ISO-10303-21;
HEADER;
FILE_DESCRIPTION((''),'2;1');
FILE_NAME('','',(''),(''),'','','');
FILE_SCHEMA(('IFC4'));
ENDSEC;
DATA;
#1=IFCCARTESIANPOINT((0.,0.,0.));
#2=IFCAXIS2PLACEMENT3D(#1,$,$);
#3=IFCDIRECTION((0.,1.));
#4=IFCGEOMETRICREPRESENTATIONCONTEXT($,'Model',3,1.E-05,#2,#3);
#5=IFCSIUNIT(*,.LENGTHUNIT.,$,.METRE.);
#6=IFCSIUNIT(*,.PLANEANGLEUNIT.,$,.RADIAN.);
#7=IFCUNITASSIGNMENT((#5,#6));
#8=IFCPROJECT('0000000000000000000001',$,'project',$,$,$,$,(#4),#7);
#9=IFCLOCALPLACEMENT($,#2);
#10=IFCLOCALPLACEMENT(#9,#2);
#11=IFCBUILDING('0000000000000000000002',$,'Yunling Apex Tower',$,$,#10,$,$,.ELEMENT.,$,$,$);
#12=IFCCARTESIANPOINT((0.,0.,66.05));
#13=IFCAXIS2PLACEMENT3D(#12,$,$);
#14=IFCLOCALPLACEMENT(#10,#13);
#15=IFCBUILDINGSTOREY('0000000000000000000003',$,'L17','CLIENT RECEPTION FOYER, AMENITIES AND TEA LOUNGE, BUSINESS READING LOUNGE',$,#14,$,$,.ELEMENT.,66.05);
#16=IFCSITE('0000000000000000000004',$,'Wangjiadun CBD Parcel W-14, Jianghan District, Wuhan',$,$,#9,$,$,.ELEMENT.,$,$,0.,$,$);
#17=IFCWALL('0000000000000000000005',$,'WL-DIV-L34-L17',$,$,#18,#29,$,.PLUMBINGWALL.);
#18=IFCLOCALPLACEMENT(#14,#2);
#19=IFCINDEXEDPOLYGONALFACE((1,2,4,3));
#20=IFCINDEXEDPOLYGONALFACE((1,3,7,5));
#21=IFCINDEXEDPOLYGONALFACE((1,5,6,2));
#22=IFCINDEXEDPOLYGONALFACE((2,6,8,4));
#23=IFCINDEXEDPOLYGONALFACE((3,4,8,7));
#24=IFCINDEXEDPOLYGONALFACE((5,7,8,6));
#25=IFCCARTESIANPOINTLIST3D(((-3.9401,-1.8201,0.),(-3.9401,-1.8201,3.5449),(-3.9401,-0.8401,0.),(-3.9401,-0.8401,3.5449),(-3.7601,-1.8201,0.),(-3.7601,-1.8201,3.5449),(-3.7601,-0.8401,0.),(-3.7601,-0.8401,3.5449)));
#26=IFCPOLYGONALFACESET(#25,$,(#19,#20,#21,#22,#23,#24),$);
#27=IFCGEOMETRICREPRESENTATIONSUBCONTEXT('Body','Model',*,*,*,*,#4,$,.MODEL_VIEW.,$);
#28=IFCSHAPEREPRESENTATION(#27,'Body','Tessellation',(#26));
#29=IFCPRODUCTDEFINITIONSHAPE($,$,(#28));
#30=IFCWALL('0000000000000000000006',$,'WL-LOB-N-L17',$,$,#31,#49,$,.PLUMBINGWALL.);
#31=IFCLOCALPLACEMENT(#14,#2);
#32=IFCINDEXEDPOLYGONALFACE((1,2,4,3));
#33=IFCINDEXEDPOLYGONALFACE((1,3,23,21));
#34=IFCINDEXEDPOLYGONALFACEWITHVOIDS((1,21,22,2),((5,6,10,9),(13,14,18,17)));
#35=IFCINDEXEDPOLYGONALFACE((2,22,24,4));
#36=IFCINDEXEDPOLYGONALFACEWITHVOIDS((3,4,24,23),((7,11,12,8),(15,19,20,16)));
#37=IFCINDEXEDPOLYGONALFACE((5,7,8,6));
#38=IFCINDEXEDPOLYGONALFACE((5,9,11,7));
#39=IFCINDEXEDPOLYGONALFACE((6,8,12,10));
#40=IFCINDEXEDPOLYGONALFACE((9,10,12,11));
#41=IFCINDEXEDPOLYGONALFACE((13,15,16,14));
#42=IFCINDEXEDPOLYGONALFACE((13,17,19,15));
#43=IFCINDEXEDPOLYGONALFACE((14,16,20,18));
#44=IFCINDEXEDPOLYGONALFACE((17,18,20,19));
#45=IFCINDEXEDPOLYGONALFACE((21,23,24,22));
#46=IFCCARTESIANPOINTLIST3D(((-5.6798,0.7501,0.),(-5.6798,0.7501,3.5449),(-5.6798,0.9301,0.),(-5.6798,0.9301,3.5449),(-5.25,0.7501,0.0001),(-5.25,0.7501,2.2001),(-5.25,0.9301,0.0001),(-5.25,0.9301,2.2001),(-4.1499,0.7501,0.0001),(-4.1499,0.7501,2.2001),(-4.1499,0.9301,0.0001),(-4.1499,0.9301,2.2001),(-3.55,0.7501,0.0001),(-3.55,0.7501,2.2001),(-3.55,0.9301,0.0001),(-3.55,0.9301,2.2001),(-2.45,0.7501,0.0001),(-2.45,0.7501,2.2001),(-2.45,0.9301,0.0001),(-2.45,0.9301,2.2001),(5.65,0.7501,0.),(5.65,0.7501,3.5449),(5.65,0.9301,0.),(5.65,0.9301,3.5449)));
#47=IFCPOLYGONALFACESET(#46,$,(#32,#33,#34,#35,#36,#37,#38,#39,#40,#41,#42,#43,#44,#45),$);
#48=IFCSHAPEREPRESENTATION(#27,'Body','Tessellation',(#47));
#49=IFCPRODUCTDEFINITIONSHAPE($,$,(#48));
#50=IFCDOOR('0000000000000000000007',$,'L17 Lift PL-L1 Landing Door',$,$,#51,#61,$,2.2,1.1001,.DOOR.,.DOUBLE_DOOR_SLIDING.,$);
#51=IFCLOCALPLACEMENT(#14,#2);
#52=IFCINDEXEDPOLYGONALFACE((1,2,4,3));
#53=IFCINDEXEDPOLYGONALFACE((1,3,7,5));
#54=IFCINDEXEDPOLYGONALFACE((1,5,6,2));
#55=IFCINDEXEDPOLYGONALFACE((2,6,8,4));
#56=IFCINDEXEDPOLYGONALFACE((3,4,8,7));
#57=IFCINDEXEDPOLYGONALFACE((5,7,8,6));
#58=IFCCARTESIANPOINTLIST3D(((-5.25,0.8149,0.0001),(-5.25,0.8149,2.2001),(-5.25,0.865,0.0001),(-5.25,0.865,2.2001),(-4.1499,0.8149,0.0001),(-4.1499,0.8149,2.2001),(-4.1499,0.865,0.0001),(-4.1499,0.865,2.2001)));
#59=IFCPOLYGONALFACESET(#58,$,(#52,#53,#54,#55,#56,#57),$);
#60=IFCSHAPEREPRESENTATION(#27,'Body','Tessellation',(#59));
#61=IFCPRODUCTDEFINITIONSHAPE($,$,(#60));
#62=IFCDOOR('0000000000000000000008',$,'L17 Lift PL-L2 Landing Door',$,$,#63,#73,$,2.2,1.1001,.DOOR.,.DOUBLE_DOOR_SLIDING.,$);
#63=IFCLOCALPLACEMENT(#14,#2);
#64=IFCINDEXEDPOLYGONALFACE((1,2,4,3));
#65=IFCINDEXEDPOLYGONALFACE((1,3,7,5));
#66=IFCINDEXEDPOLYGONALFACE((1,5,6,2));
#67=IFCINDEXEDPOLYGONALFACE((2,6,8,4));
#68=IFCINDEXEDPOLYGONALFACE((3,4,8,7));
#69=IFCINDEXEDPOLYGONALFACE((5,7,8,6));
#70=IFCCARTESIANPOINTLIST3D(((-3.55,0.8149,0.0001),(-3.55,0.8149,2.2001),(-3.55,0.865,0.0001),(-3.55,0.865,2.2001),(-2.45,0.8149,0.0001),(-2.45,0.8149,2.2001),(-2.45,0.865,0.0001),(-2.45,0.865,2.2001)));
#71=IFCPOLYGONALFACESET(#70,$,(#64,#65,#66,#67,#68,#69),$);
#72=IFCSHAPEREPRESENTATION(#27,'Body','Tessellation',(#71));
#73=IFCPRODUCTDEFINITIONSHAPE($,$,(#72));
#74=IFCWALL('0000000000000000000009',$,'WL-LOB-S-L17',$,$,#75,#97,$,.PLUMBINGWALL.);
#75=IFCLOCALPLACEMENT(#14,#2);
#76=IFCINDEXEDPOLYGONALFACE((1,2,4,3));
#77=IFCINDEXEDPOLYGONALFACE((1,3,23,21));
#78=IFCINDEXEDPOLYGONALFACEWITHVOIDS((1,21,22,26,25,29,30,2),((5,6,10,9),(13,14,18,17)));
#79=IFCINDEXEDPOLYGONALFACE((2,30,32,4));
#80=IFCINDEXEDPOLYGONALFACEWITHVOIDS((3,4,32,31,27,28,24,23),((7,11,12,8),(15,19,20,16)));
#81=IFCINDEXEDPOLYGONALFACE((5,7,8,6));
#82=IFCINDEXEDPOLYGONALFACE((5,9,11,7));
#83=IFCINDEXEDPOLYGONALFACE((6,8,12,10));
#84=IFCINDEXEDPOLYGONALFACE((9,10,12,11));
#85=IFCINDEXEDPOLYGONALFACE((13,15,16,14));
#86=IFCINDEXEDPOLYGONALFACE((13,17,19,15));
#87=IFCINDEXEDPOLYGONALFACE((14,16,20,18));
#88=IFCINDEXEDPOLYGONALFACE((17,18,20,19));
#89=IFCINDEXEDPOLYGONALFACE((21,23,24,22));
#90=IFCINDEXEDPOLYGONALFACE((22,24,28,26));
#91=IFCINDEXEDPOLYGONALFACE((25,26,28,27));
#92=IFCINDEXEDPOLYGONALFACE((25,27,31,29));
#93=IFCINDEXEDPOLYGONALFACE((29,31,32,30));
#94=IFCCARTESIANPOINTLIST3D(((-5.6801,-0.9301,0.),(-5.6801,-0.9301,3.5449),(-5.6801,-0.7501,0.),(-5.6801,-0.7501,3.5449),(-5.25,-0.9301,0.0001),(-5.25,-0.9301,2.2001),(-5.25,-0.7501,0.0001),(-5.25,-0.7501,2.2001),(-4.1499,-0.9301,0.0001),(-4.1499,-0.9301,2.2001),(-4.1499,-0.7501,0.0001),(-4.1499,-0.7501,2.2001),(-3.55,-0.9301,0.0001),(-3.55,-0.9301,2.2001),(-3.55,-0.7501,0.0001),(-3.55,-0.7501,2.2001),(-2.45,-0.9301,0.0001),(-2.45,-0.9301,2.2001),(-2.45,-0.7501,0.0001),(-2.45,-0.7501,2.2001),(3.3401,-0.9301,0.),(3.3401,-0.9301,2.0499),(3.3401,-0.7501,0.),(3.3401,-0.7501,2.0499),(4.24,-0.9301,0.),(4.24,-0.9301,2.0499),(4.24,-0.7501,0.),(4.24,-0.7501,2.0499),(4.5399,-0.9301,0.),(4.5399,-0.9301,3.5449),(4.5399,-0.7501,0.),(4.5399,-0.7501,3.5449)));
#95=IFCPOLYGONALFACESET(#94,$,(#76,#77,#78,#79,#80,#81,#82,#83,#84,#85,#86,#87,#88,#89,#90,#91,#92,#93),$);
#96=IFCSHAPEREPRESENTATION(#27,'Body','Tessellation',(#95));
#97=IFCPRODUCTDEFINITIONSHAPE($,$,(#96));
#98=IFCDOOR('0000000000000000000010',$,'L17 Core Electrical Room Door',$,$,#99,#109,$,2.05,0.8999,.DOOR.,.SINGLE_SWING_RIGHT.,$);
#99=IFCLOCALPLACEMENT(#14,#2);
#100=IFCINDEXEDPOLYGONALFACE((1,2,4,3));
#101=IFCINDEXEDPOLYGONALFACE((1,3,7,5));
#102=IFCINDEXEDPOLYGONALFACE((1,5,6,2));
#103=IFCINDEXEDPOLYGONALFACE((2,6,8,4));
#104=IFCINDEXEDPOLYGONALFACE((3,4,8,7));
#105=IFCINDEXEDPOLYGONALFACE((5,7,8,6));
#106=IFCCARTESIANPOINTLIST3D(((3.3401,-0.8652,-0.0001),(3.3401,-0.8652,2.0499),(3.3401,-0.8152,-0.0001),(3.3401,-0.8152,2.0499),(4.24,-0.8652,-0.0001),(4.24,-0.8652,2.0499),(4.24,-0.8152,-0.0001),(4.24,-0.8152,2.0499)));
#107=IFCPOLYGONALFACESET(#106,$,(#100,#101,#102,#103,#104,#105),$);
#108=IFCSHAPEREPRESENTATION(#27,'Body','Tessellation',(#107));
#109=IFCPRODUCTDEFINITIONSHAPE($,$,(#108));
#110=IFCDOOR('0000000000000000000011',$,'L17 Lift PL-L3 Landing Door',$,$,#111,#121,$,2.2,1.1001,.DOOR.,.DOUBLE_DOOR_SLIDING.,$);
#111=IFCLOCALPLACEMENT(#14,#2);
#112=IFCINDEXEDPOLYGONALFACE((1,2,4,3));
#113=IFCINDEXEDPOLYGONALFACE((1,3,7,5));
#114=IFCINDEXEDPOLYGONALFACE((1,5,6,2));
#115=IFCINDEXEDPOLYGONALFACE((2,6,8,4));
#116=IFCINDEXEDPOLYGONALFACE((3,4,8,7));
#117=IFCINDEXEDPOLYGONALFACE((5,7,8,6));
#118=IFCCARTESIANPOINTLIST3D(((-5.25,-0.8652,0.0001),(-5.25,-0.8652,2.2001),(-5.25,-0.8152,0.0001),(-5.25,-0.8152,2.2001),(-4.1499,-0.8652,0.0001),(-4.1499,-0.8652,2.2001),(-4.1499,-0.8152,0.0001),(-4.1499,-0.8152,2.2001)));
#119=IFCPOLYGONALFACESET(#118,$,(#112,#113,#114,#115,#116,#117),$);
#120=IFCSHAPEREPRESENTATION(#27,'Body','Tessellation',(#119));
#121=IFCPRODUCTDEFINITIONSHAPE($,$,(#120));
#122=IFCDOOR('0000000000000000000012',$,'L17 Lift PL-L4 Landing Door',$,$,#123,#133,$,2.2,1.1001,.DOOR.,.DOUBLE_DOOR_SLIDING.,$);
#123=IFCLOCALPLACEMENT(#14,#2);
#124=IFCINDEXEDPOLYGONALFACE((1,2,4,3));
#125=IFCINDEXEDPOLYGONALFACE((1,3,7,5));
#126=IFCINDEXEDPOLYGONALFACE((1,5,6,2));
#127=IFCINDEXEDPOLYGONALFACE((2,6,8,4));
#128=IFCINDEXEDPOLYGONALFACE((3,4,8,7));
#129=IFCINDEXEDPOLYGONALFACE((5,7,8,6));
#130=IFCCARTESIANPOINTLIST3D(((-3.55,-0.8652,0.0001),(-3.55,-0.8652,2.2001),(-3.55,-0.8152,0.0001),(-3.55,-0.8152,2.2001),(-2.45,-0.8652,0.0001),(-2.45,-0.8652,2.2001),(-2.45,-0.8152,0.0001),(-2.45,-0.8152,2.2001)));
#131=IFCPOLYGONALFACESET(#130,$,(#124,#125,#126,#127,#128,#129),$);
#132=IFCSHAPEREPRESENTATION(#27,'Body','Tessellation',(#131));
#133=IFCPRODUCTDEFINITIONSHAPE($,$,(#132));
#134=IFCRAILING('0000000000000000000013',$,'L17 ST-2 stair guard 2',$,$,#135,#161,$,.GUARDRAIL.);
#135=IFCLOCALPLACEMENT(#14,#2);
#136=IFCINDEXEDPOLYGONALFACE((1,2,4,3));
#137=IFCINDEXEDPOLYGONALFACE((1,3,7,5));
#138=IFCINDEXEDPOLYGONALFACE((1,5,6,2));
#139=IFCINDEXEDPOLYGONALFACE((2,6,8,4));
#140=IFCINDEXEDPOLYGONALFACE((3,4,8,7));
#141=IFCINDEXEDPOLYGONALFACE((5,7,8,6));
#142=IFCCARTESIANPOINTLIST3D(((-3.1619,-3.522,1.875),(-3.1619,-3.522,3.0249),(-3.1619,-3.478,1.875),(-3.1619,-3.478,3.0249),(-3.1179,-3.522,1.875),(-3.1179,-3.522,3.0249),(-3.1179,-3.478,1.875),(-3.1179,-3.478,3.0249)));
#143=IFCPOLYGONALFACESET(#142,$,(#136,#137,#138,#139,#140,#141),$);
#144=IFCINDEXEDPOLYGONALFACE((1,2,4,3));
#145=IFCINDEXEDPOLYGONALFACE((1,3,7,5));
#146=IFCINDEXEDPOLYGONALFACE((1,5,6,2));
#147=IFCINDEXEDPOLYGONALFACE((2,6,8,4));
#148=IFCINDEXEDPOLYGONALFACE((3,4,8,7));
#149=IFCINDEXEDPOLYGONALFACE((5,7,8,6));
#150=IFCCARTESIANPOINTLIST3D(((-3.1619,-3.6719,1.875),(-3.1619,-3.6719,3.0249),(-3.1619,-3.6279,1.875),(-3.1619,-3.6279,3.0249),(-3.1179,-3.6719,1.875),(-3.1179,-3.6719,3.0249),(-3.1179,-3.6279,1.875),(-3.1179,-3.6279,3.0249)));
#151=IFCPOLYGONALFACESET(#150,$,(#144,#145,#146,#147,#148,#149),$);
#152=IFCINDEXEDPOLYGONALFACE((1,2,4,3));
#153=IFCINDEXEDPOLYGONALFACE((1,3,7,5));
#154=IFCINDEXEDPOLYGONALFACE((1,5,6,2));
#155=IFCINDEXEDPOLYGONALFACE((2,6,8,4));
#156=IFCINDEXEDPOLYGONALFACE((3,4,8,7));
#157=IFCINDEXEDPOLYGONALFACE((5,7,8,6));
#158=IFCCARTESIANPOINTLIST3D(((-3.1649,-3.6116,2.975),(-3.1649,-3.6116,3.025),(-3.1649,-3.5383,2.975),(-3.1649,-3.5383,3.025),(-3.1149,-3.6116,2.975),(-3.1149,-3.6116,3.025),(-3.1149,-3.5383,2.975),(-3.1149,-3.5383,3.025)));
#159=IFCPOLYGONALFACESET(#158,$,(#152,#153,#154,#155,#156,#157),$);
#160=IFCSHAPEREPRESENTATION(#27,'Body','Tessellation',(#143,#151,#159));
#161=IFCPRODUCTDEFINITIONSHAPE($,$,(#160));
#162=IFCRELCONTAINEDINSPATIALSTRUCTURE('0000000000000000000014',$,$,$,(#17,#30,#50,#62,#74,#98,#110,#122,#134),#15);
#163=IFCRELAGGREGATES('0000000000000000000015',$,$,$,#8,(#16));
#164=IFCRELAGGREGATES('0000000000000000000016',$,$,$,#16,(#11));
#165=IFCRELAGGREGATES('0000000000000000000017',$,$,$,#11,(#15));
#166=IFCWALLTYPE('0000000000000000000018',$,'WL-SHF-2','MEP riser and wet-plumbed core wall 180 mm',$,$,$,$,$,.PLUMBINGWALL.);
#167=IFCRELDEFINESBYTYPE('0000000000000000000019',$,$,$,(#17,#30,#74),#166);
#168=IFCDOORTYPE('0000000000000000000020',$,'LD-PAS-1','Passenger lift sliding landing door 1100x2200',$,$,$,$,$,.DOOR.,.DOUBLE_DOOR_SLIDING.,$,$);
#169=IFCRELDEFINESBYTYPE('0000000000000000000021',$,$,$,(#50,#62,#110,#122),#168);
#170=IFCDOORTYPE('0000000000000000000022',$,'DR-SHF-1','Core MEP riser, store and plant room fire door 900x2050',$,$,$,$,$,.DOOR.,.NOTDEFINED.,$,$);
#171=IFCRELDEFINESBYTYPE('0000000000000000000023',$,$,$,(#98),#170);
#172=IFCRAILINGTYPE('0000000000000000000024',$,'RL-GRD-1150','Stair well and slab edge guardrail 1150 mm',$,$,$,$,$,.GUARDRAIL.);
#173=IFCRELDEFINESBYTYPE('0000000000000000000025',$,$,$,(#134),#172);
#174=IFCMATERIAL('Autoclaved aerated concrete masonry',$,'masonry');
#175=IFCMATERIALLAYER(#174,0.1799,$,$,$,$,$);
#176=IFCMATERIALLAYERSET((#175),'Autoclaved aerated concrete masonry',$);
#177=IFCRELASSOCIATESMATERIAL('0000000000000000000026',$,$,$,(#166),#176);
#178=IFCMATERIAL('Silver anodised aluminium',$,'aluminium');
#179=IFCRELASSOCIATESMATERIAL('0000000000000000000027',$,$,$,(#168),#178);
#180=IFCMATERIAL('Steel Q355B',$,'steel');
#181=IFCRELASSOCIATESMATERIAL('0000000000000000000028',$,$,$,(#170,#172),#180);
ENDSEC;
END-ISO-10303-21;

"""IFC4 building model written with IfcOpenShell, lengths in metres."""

from ifc_helpers import new_model, si_unit, direction, frame, frame_2d, origin, origin_2d, place, context, subcontext, project, spatial, rectangle, extrude, material, layer, layer_set, type_object, element, fill, save


model = new_model("IFC4")

# Units and contexts
model_context = context("Model", 3, precision=1e-05, world=origin(), true_north=direction((0.0, 1.0)))
body_context = subcontext(model_context, "Body", "Model", "MODEL_VIEW")
ifc_project = project(units=[si_unit("LENGTHUNIT", "METRE"), si_unit("PLANEANGLEUNIT", "RADIAN")], contexts=[model_context])

# Site, building, storey
site_placement = place(None, origin())
site = spatial("IfcSite", under=ifc_project, at=site_placement, Name="Wangjiadun CBD Parcel W-14, Jianghan District, Wuhan", CompositionType="ELEMENT", RefElevation=0.0)
building_placement = place(site_placement, origin())
building = spatial("IfcBuilding", under=site, at=building_placement, Name="Yunling Apex Tower", CompositionType="ELEMENT")
storey_placement = place(building_placement, frame((0.0, 0.0, 66.05)))
storey = spatial("IfcBuildingStorey", under=building, at=storey_placement, Name="L17", Description="CLIENT RECEPTION FOYER, AMENITIES AND TEA LOUNGE, BUSINESS READING LOUNGE", CompositionType="ELEMENT", Elevation=66.05)

# Shared definitions
ifc_material_1 = material(Name="Steel Q355B", Category="steel")

# Shared definitions
ifc_material_2 = material(Name="Autoclaved aerated concrete masonry", Category="masonry")

# Wall
ifc_layer_1 = layer(ifc_material_2, 0.1799)
ifc_layer_set_1 = layer_set([ifc_layer_1], Name="Autoclaved aerated concrete masonry")
wall_type_1 = type_object("IfcWallType", Name="WL-SHF-2", Description="MEP riser and wet-plumbed core wall 180 mm", PredefinedType="PLUMBINGWALL", material=ifc_layer_set_1)
for number, where, z_axis, x_axis, name in (
    (1, (-3.8501, -1.8201, 0.0), (0.0, 0.0, 1.0), (0.0, 1.0, 0.0), "WL-DIV-L34-L17"),
):
    element("IfcWall", number, at=place(storey_placement, frame(where, z_axis=z_axis, x_axis=x_axis)), inside=storey, type_object=wall_type_1, Name=name, PredefinedType="PLUMBINGWALL", context=body_context, shape_type="SweptSolid", body=[
        extrude(rectangle(XDim=0.98, YDim=0.1799, at=frame_2d((0.49, 0.0))), origin(), (0.0, 0.0, 1.0), 3.5449),
    ])

# Walls, openings, doors
wall_1_placement = place(storey_placement, frame((-5.6799, 0.8401, 0.0), z_axis=(0.0, 0.0, 1.0), x_axis=(1.0, 0.0, 0.0)))
wall_1 = element("IfcWall", 2, at=wall_1_placement, inside=storey, type_object=wall_type_1, Name="WL-LOB-N-L17", PredefinedType="PLUMBINGWALL", context=body_context, shape_type="SweptSolid", body=[
    extrude(rectangle(XDim=11.3298, YDim=0.1799, at=frame_2d((5.665, 0.0))), origin(), (0.0, 0.0, 1.0), 3.5449),
])
opening_1_placement = place(wall_1_placement, frame((0.4299, 0.0, 0.0)))
opening_1 = element("IfcOpeningElement", 3, at=opening_1_placement, cuts=wall_1, PredefinedType="OPENING", context=body_context, shape_type="SweptSolid", body=[
    extrude(rectangle(XDim=1.1001, YDim=2.2, at=frame_2d((0.55, 1.1001))), frame((0.0, 0.1001, 0.0), z_axis=(0.0, -1.0, 0.0), x_axis=(1.0, 0.0, 0.0)), (0.0, 0.0, 1.0), 0.2),
])
opening_2_placement = place(wall_1_placement, frame((2.1299, 0.0, 0.0)))
opening_2 = element("IfcOpeningElement", 4, at=opening_2_placement, cuts=wall_1, PredefinedType="OPENING", context=body_context, shape_type="SweptSolid", body=[
    extrude(rectangle(XDim=1.1001, YDim=2.2, at=frame_2d((0.55, 1.1001))), frame((0.0, 0.1001, 0.0), z_axis=(0.0, -1.0, 0.0), x_axis=(1.0, 0.0, 0.0)), (0.0, 0.0, 1.0), 0.2),
])
ifc_material_3 = material(Name="Silver anodised aluminium", Category="aluminium")
door_type_1 = type_object("IfcDoorType", Name="LD-PAS-1", Description="Passenger lift sliding landing door 1100x2200", OperationType="DOUBLE_DOOR_SLIDING", PredefinedType="DOOR", material=ifc_material_3)
door_1_placement = place(opening_1_placement, origin())
door_1 = element("IfcDoor", 5, at=door_1_placement, inside=storey, type_object=door_type_1, Name="L17 Lift PL-L1 Landing Door", OperationType="DOUBLE_DOOR_SLIDING", OverallHeight=2.2, OverallWidth=1.1001, PredefinedType="DOOR", context=body_context, shape_type="SweptSolid", body=[
    extrude(rectangle(XDim=1.1001, YDim=2.2, at=frame_2d((0.55, 1.1001))), frame((0.0, 0.0249, 0.0), z_axis=(0.0, -1.0, 0.0), x_axis=(1.0, 0.0, 0.0)), (0.0, 0.0, 1.0), 0.05),
])
fill(opening_1, door_1)
door_2_placement = place(opening_2_placement, origin())
door_2 = element("IfcDoor", 6, at=door_2_placement, inside=storey, type_object=door_type_1, Name="L17 Lift PL-L2 Landing Door", OperationType="DOUBLE_DOOR_SLIDING", OverallHeight=2.2, OverallWidth=1.1001, PredefinedType="DOOR", context=body_context, shape_type="SweptSolid", body=[
    extrude(rectangle(XDim=1.1001, YDim=2.2, at=frame_2d((0.55, 1.1001))), frame((0.0, 0.0249, 0.0), z_axis=(0.0, -1.0, 0.0), x_axis=(1.0, 0.0, 0.0)), (0.0, 0.0, 1.0), 0.05),
])
fill(opening_2, door_2)
wall_2_placement = place(storey_placement, frame((-5.6799, -0.8401, 0.0), z_axis=(0.0, 0.0, 1.0), x_axis=(1.0, 0.0, 0.0)))
wall_2 = element("IfcWall", 7, at=wall_2_placement, inside=storey, type_object=wall_type_1, Name="WL-LOB-S-L17", PredefinedType="PLUMBINGWALL", context=body_context, shape_type="SweptSolid", body=[
    extrude(rectangle(XDim=10.22, YDim=0.1799, at=frame_2d((5.1099, 0.0))), origin(), (0.0, 0.0, 1.0), 3.5449),
])
opening_3_placement = place(wall_2_placement, frame((0.4299, 0.0, 0.0)))
opening_3 = element("IfcOpeningElement", 8, at=opening_3_placement, cuts=wall_2, PredefinedType="OPENING", context=body_context, shape_type="SweptSolid", body=[
    extrude(rectangle(XDim=1.1001, YDim=2.2, at=frame_2d((0.55, 1.1001))), frame((0.0, 0.1001, 0.0), z_axis=(0.0, -1.0, 0.0), x_axis=(1.0, 0.0, 0.0)), (0.0, 0.0, 1.0), 0.2),
])
opening_4_placement = place(wall_2_placement, frame((2.1299, 0.0, 0.0)))
opening_4 = element("IfcOpeningElement", 9, at=opening_4_placement, cuts=wall_2, PredefinedType="OPENING", context=body_context, shape_type="SweptSolid", body=[
    extrude(rectangle(XDim=1.1001, YDim=2.2, at=frame_2d((0.55, 1.1001))), frame((0.0, 0.1001, 0.0), z_axis=(0.0, -1.0, 0.0), x_axis=(1.0, 0.0, 0.0)), (0.0, 0.0, 1.0), 0.2),
])
opening_5_placement = place(wall_2_placement, frame((9.02, 0.0, 0.0)))
opening_5 = element("IfcOpeningElement", 10, at=opening_5_placement, cuts=wall_2, PredefinedType="OPENING", context=body_context, shape_type="SweptSolid", body=[
    extrude(rectangle(XDim=0.8999, YDim=2.05, at=frame_2d((0.45, 1.0249))), frame((0.0, 0.1001, 0.0), z_axis=(0.0, -1.0, 0.0), x_axis=(1.0, 0.0, 0.0)), (0.0, 0.0, 1.0), 0.2),
])
door_type_2 = type_object("IfcDoorType", Name="DR-SHF-1", Description="Core MEP riser, store and plant room fire door 900x2050", OperationType="NOTDEFINED", PredefinedType="DOOR", material=ifc_material_1)
door_3_placement = place(opening_5_placement, origin())
door_3 = element("IfcDoor", 11, at=door_3_placement, inside=storey, type_object=door_type_2, Name="L17 Core Electrical Room Door", OperationType="SINGLE_SWING_RIGHT", OverallHeight=2.05, OverallWidth=0.8999, PredefinedType="DOOR", context=body_context, shape_type="SweptSolid", body=[
    extrude(rectangle(XDim=0.8999, YDim=2.05, at=frame_2d((0.45, 1.0249))), frame((0.0, 0.0249, 0.0), z_axis=(0.0, -1.0, 0.0), x_axis=(1.0, 0.0, 0.0)), (0.0, 0.0, 1.0), 0.05),
])
fill(opening_5, door_3)
door_4_placement = place(opening_3_placement, origin())
door_4 = element("IfcDoor", 12, at=door_4_placement, inside=storey, type_object=door_type_1, Name="L17 Lift PL-L3 Landing Door", OperationType="DOUBLE_DOOR_SLIDING", OverallHeight=2.2, OverallWidth=1.1001, PredefinedType="DOOR", context=body_context, shape_type="SweptSolid", body=[
    extrude(rectangle(XDim=1.1001, YDim=2.2, at=frame_2d((0.55, 1.1001))), frame((0.0, 0.0249, 0.0), z_axis=(0.0, -1.0, 0.0), x_axis=(1.0, 0.0, 0.0)), (0.0, 0.0, 1.0), 0.05),
])
fill(opening_3, door_4)
door_5_placement = place(opening_4_placement, origin())
door_5 = element("IfcDoor", 13, at=door_5_placement, inside=storey, type_object=door_type_1, Name="L17 Lift PL-L4 Landing Door", OperationType="DOUBLE_DOOR_SLIDING", OverallHeight=2.2, OverallWidth=1.1001, PredefinedType="DOOR", context=body_context, shape_type="SweptSolid", body=[
    extrude(rectangle(XDim=1.1001, YDim=2.2, at=frame_2d((0.55, 1.1001))), frame((0.0, 0.0249, 0.0), z_axis=(0.0, -1.0, 0.0), x_axis=(1.0, 0.0, 0.0)), (0.0, 0.0, 1.0), 0.05),
])
fill(opening_4, door_5)

# Railing
railing_type = type_object("IfcRailingType", Name="RL-GRD-1150", Description="Stair well and slab edge guardrail 1150 mm", PredefinedType="GUARDRAIL", material=ifc_material_1)
railing_placement = place(storey_placement, frame((-3.1399, -3.5, 1.875)))
element("IfcRailing", 14, at=railing_placement, inside=storey, type_object=railing_type, Name="L17 ST-2 stair guard 2", PredefinedType="GUARDRAIL", context=body_context, shape_type="SweptSolid", body=[
    extrude(rectangle(XDim=0.0439, YDim=0.0439, at=origin_2d()), origin(), (0.0, 0.0, 1.0), 1.1499),
    extrude(rectangle(XDim=0.0439, YDim=0.0439, at=origin_2d()), frame((0.0, -0.1499, 0.0)), (0.0, 0.0, 1.0), 1.1499),
    extrude(rectangle(XDim=0.05, YDim=0.05, at=origin_2d()), frame((0.0, -0.0383, 1.125), z_axis=(0.0, -1.0, 0.0), x_axis=(1.0, 0.0, 0.0)), (0.0, 0.0, 1.0), 0.0732),
])

save(model, "model.ifc")
